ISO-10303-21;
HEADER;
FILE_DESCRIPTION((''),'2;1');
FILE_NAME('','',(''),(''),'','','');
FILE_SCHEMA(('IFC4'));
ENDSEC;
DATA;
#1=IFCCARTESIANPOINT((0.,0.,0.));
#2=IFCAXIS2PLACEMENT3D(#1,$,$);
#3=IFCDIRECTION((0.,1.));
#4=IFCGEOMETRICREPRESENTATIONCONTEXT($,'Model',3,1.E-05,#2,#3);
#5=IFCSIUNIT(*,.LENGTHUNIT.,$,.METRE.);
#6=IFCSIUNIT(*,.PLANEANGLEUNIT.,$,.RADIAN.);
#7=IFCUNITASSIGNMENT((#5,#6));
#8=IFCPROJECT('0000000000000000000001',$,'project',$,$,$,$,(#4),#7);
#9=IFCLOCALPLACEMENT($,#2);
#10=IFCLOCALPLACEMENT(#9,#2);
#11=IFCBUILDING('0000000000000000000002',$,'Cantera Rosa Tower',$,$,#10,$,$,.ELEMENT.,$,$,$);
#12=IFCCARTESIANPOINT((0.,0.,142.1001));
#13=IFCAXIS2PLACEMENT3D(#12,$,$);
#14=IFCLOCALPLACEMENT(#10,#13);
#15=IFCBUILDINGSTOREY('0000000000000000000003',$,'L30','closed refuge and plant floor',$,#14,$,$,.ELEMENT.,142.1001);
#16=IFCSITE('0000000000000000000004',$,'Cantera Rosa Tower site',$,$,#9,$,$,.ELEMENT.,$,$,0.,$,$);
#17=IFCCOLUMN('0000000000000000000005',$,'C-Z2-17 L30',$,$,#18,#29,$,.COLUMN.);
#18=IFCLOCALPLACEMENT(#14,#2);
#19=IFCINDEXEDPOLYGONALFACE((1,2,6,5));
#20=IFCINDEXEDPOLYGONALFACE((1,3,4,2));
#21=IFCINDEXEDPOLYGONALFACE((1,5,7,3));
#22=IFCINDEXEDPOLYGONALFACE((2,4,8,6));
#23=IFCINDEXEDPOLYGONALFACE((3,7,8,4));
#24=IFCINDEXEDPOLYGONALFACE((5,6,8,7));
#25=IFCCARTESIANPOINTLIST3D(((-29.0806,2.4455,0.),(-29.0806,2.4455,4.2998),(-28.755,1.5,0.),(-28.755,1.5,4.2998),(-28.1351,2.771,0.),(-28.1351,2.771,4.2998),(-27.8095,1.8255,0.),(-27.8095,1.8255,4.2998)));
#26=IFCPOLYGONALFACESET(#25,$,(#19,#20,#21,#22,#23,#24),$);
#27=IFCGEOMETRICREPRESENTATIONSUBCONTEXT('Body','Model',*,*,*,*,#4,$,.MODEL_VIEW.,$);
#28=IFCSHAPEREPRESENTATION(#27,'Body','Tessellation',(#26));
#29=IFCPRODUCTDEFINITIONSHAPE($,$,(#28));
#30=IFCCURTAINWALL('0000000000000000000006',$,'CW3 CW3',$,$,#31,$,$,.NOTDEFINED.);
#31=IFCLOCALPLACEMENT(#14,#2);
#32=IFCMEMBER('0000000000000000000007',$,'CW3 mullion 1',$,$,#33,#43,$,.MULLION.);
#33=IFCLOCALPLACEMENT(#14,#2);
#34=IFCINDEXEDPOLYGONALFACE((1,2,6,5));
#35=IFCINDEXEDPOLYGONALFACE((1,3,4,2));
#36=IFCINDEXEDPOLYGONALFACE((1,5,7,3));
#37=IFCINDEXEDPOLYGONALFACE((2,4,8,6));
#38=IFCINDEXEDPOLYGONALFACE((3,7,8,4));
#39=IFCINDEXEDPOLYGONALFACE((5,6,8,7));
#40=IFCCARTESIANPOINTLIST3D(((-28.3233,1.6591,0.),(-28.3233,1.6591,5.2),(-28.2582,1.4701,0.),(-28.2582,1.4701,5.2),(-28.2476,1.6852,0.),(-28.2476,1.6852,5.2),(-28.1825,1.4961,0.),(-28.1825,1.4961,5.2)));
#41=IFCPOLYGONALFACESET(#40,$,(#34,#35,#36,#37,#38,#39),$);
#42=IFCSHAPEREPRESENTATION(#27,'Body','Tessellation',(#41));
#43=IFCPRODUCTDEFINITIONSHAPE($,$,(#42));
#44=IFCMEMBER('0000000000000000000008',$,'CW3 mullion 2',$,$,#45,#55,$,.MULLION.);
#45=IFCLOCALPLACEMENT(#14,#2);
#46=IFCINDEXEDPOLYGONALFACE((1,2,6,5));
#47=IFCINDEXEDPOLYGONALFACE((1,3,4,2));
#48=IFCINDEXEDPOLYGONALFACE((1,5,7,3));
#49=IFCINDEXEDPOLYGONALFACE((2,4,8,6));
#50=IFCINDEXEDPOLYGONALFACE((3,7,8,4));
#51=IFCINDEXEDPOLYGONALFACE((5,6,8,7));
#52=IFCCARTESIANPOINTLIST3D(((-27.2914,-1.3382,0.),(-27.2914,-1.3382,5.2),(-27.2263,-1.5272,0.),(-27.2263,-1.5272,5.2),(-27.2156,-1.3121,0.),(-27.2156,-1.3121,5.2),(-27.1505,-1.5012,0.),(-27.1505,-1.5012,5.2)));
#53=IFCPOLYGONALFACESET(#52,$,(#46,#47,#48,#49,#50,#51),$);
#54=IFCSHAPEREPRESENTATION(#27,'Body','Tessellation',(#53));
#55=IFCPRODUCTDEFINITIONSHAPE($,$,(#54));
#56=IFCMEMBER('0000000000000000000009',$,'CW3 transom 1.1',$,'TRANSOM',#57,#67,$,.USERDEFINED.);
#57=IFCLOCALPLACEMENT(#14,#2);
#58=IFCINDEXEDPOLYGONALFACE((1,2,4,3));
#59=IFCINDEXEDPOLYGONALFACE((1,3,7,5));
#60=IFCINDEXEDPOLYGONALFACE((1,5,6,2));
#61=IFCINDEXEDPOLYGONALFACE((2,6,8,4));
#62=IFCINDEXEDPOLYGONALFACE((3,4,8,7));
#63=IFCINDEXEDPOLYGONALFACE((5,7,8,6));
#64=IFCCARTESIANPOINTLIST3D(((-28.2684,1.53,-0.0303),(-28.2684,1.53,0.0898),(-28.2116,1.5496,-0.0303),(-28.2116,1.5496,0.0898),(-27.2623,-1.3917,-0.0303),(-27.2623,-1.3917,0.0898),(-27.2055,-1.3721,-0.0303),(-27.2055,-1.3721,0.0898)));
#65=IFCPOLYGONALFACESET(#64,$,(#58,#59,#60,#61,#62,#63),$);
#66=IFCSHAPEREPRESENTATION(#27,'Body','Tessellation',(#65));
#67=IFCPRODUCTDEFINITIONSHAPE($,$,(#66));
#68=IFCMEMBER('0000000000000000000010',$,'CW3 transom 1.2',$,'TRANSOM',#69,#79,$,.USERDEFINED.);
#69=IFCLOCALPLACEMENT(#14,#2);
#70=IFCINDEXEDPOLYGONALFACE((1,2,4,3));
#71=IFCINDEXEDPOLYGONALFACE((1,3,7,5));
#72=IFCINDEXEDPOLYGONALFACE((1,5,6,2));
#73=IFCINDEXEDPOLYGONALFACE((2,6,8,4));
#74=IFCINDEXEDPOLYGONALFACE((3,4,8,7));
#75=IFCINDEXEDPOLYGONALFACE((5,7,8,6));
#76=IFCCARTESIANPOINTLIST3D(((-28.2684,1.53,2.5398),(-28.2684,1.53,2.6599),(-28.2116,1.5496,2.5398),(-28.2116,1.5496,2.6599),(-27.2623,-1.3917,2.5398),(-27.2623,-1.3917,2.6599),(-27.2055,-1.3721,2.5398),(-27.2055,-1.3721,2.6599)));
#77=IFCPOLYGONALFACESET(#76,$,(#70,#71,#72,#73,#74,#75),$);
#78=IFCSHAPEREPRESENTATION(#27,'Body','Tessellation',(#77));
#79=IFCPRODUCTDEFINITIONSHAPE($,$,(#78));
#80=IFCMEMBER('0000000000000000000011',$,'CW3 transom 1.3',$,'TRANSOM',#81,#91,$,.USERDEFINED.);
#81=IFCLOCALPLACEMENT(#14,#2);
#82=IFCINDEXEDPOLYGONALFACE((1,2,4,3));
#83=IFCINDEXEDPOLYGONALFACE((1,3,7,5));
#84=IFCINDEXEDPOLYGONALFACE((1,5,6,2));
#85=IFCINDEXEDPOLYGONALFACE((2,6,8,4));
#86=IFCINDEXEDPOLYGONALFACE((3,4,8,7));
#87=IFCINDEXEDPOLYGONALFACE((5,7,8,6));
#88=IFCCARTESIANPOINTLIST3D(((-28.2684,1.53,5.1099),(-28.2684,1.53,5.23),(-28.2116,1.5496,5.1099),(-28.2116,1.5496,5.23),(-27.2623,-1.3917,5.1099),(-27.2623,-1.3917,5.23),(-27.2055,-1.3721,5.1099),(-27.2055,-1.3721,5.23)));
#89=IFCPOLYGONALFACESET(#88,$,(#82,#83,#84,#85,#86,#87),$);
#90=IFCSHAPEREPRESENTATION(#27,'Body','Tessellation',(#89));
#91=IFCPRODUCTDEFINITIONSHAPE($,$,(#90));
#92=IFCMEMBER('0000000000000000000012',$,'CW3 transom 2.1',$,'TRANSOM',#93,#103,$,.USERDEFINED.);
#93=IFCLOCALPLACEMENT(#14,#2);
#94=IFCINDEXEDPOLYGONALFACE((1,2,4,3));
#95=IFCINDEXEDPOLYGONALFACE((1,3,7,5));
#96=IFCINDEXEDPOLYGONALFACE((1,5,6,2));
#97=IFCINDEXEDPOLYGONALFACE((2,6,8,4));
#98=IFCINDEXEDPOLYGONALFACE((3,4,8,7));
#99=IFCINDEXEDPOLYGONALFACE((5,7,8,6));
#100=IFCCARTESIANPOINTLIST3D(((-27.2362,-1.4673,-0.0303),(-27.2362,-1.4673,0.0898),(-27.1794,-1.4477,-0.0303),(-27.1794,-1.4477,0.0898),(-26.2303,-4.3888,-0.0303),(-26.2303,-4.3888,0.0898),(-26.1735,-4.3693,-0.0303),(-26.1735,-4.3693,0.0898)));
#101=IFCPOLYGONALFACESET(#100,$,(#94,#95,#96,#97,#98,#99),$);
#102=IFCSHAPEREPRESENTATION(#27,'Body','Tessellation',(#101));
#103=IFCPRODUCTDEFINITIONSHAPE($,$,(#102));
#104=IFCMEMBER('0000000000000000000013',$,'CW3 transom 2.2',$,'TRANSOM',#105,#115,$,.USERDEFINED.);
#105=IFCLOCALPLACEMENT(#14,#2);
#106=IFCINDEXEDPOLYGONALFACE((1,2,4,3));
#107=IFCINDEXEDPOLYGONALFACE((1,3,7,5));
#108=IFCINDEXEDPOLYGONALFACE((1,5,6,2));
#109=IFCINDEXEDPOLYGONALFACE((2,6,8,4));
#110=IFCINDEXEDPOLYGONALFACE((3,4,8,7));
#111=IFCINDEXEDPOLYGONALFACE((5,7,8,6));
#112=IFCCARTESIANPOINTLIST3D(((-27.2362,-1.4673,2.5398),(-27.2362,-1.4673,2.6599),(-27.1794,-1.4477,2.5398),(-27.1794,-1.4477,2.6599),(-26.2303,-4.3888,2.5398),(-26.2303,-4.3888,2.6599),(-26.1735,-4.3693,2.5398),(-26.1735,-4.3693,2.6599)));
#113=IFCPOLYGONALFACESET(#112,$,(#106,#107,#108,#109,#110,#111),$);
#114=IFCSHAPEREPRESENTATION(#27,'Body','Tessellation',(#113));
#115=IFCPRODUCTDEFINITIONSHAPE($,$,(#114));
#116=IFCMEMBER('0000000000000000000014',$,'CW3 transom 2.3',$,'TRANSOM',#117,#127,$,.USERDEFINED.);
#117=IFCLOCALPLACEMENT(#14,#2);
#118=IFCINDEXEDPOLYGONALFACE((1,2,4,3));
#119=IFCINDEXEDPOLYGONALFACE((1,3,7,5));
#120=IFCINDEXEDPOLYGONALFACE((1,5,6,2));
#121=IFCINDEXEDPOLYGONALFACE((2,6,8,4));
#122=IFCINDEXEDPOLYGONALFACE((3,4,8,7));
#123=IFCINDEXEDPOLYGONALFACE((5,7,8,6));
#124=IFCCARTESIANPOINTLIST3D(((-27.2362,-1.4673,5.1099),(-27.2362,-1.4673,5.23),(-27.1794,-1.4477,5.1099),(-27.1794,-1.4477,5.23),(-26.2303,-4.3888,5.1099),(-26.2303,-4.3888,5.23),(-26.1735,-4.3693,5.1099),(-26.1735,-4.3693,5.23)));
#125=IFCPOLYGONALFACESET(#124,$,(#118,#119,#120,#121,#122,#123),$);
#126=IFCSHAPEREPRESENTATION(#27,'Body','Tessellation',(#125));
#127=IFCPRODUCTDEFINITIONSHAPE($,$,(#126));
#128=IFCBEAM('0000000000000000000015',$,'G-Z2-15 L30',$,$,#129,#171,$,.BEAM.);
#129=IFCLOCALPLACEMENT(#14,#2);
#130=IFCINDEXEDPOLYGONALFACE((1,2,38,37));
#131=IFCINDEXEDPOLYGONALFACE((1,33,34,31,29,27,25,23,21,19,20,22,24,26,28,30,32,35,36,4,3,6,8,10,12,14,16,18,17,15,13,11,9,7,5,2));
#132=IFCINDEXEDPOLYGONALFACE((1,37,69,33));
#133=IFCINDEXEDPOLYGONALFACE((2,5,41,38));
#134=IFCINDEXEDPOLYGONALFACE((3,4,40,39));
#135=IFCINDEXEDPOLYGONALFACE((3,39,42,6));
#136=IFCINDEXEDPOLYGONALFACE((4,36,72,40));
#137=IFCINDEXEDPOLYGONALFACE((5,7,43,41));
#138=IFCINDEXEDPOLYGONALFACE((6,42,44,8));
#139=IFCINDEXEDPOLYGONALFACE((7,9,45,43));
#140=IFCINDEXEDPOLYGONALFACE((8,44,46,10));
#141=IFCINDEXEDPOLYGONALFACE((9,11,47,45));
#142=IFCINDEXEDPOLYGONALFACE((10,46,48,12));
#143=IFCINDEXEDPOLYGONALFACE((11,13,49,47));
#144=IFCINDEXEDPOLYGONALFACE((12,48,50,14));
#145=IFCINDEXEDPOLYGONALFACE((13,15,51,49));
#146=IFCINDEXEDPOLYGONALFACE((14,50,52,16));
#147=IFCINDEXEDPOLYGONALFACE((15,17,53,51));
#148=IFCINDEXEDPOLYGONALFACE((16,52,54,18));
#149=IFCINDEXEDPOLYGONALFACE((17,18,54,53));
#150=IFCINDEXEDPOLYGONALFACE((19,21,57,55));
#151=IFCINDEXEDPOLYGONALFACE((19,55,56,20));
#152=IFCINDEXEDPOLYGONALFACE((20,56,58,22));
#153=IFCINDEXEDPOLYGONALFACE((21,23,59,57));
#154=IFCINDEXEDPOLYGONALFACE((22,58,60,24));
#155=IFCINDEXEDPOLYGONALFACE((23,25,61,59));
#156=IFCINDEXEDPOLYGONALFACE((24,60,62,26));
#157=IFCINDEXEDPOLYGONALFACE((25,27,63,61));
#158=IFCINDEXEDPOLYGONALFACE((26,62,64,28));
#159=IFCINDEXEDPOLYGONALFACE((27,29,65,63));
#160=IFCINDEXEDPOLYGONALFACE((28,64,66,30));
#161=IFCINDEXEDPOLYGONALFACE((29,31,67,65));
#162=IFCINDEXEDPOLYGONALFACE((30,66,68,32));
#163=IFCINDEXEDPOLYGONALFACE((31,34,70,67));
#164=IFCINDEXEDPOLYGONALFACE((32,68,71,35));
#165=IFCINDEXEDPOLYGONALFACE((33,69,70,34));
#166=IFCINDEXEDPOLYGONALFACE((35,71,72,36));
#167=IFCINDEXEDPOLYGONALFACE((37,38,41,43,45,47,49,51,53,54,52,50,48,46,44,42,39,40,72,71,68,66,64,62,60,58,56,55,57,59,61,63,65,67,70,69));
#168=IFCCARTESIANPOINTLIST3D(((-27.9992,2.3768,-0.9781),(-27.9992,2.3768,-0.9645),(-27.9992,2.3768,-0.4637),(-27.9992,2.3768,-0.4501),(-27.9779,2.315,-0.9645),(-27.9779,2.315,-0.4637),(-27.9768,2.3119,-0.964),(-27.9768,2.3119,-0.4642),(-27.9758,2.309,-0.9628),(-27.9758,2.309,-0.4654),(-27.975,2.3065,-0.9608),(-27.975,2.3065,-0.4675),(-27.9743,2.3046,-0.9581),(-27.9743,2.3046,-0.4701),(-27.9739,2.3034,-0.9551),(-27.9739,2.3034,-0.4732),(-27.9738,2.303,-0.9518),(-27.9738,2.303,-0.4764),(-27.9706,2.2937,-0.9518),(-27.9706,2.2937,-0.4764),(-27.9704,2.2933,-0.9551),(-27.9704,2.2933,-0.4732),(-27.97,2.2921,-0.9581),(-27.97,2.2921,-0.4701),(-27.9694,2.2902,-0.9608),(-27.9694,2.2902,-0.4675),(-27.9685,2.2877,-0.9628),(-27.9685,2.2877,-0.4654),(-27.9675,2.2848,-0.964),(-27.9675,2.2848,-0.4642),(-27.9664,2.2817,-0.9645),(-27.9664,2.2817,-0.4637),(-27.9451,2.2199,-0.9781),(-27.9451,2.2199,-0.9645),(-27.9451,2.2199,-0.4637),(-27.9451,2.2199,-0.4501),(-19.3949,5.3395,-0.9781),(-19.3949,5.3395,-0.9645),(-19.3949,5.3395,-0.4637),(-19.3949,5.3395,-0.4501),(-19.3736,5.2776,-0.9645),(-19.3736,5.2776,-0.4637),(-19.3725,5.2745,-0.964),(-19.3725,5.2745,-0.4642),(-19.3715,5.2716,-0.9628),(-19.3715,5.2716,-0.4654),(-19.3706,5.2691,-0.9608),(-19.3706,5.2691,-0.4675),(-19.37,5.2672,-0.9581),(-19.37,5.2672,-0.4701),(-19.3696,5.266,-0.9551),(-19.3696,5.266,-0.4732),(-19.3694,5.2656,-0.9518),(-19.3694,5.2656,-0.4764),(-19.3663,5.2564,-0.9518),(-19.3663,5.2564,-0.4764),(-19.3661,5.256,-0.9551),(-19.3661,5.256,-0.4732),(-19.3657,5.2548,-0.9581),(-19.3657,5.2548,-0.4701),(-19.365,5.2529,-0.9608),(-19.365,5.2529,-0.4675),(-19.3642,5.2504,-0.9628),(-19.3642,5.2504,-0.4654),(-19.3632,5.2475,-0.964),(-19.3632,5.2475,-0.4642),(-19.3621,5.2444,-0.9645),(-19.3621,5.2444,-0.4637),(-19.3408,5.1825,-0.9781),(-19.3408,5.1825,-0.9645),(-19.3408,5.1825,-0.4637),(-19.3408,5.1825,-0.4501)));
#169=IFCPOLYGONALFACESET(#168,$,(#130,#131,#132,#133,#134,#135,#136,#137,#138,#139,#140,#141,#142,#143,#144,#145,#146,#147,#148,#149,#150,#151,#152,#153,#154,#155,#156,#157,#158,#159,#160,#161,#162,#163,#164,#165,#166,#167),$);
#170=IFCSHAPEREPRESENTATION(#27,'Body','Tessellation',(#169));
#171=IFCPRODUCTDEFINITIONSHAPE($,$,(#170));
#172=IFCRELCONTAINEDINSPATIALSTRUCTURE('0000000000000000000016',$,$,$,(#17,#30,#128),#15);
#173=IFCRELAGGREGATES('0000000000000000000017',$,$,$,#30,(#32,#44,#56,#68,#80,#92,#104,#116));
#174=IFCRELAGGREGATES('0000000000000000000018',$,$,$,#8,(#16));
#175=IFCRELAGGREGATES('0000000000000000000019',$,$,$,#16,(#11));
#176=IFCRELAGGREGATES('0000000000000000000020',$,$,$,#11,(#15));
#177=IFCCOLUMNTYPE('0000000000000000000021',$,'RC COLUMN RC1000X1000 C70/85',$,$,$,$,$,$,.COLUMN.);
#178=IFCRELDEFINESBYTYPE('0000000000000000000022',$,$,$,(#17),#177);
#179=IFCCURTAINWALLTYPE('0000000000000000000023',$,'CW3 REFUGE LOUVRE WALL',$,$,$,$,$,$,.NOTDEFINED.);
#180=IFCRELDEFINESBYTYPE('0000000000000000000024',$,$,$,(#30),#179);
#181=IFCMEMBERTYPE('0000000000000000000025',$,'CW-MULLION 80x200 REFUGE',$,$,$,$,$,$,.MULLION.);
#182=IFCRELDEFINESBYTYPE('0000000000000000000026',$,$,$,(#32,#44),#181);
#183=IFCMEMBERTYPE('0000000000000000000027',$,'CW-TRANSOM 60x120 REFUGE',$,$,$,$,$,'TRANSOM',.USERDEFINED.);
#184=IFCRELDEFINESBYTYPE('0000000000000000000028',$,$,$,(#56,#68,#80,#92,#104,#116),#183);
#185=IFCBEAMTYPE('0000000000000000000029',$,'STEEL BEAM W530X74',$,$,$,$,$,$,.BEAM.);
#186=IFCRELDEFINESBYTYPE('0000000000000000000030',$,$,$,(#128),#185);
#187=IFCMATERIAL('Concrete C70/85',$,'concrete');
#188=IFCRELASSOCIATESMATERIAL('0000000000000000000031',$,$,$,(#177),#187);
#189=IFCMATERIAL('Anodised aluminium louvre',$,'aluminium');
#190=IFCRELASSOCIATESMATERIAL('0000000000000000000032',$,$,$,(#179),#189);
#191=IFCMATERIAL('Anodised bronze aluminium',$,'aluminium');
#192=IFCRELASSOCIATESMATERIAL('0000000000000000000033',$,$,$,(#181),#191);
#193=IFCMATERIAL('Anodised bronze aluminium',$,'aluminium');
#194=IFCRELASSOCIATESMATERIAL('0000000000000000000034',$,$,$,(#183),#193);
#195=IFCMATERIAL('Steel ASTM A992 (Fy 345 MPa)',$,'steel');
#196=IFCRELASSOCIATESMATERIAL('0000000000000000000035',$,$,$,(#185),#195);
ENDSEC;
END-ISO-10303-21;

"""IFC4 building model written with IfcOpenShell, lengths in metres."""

from ifc_helpers import new_model, si_unit, direction, frame, origin, origin_2d, place, context, subcontext, project, spatial, rectangle, i_section, extrude, material, material_profile, profile_set, type_object, element, aggregate, save


model = new_model("IFC4")

# Units and contexts
model_context = context("Model", 3, precision=1e-05, world=origin(), true_north=direction((0.0, 1.0)))
body_context = subcontext(model_context, "Body", "Model", "MODEL_VIEW")
ifc_project = project(units=[si_unit("LENGTHUNIT", "METRE"), si_unit("PLANEANGLEUNIT", "RADIAN")], contexts=[model_context])

# Site, building, storey
site_placement = place(None, origin())
site = spatial("IfcSite", under=ifc_project, at=site_placement, Name="Cantera Rosa Tower site", CompositionType="ELEMENT", RefElevation=0.0)
building_placement = place(site_placement, origin())
building = spatial("IfcBuilding", under=site, at=building_placement, Name="Cantera Rosa Tower", CompositionType="ELEMENT")
storey_placement = place(building_placement, frame((0.0, 0.0, 142.1001)))
storey = spatial("IfcBuildingStorey", under=building, at=storey_placement, Name="L30", Description="closed refuge and plant floor", CompositionType="ELEMENT", Elevation=142.1001)

# Column
ifc_material_1 = material(Name="Concrete C70/85", Category="concrete")
ifc_material_profile_1 = material_profile(ifc_material_1, rectangle(XDim=1.0, YDim=1.0, at=origin_2d()), Name="RC COLUMN RC1000X1000 C70/85")
ifc_profile_set_1 = profile_set([ifc_material_profile_1], Name="Concrete C70/85")
column_type = type_object("IfcColumnType", Name="RC COLUMN RC1000X1000 C70/85", PredefinedType="COLUMN", material=ifc_profile_set_1)
column_placement = place(storey_placement, frame((-28.4451, 2.1355, 0.0), z_axis=(0.0, 0.0, 1.0), x_axis=(0.945519, 0.325568, 0.0)))
element("IfcColumn", 1, at=column_placement, inside=storey, type_object=column_type, Name="C-Z2-17 L30", PredefinedType="COLUMN", context=body_context, shape_type="SweptSolid", body=[
    extrude(rectangle(XDim=1.0, YDim=1.0, at=origin_2d()), origin(), (0.0, 0.0, 1.0), 4.2998),
])

# Curtain wall, members
ifc_material_2 = material(Name="Anodised aluminium louvre", Category="aluminium")
curtain_wall_type = type_object("IfcCurtainWallType", Name="CW3 REFUGE LOUVRE WALL", PredefinedType="NOTDEFINED", material=ifc_material_2)
curtain_wall_placement = place(storey_placement, origin())
curtain_wall = element("IfcCurtainWall", 2, at=curtain_wall_placement, inside=storey, type_object=curtain_wall_type, Name="CW3 CW3", PredefinedType="NOTDEFINED")
ifc_material_3 = material(Name="Anodised bronze aluminium", Category="aluminium")
ifc_material_profile_2 = material_profile(ifc_material_3, rectangle(XDim=0.0801, YDim=0.2, at=origin_2d()), Name="CW-MULLION 80x200 REFUGE")
ifc_profile_set_2 = profile_set([ifc_material_profile_2], Name="Anodised bronze aluminium")
member_type_1 = type_object("IfcMemberType", Name="CW-MULLION 80x200 REFUGE", PredefinedType="MULLION", material=ifc_profile_set_2)
member_1_placement = place(storey_placement, frame((-28.2529, 1.5776, 0.0), z_axis=(0.0, 0.0, 1.0), x_axis=(0.945519, 0.325568, 0.0)))
member_1 = element("IfcMember", 3, at=member_1_placement, type_object=member_type_1, Name="CW3 mullion 1", PredefinedType="MULLION", context=body_context, shape_type="SweptSolid", body=[
    extrude(rectangle(XDim=0.0801, YDim=0.2, at=origin_2d()), origin(), (0.0, 0.0, 1.0), 5.2),
])
member_2_placement = place(storey_placement, frame((-27.2209, -1.4197, 0.0), z_axis=(0.0, 0.0, 1.0), x_axis=(0.945519, 0.325568, 0.0)))
member_2 = element("IfcMember", 4, at=member_2_placement, type_object=member_type_1, Name="CW3 mullion 2", PredefinedType="MULLION", context=body_context, shape_type="SweptSolid", body=[
    extrude(rectangle(XDim=0.0801, YDim=0.2, at=origin_2d()), origin(), (0.0, 0.0, 1.0), 5.2),
])
ifc_material_4 = material(Name="Anodised bronze aluminium", Category="aluminium")
ifc_material_profile_3 = material_profile(ifc_material_4, rectangle(XDim=0.0601, YDim=0.1201, at=origin_2d()), Name="CW-TRANSOM 60x120 REFUGE")
ifc_profile_set_3 = profile_set([ifc_material_profile_3], Name="Anodised bronze aluminium")
member_type_2 = type_object("IfcMemberType", Name="CW-TRANSOM 60x120 REFUGE", ElementType="TRANSOM", PredefinedType="USERDEFINED", material=ifc_profile_set_3)
member_3_placement = place(storey_placement, frame((-28.24, 1.5398, 0.0298), z_axis=(0.325599, -0.945508, 0.0), x_axis=(0.945508, 0.325599, 0.0)))
member_3 = element("IfcMember", 5, at=member_3_placement, type_object=member_type_2, Name="CW3 transom 1.1", ObjectType="TRANSOM", PredefinedType="USERDEFINED", context=body_context, shape_type="SweptSolid", body=[
    extrude(rectangle(XDim=0.0601, YDim=0.1201, at=origin_2d()), origin(), (0.0, 0.0, 1.0), 3.0901),
])
member_4_placement = place(storey_placement, frame((-28.24, 1.5398, 2.5999), z_axis=(0.325599, -0.945508, 0.0), x_axis=(0.945508, 0.325599, 0.0)))
member_4 = element("IfcMember", 6, at=member_4_placement, type_object=member_type_2, Name="CW3 transom 1.2", ObjectType="TRANSOM", PredefinedType="USERDEFINED", context=body_context, shape_type="SweptSolid", body=[
    extrude(rectangle(XDim=0.0601, YDim=0.1201, at=origin_2d()), origin(), (0.0, 0.0, 1.0), 3.0901),
])
member_5_placement = place(storey_placement, frame((-28.24, 1.5398, 5.1699), z_axis=(0.325599, -0.945508, 0.0), x_axis=(0.945508, 0.325599, 0.0)))
member_5 = element("IfcMember", 7, at=member_5_placement, type_object=member_type_2, Name="CW3 transom 1.3", ObjectType="TRANSOM", PredefinedType="USERDEFINED", context=body_context, shape_type="SweptSolid", body=[
    extrude(rectangle(XDim=0.0601, YDim=0.1201, at=origin_2d()), origin(), (0.0, 0.0, 1.0), 3.0901),
])
member_6_placement = place(storey_placement, frame((-27.2078, -1.4575, 0.0298), z_axis=(0.325528, -0.945532, 0.0), x_axis=(0.945532, 0.325528, 0.0)))
member_6 = element("IfcMember", 8, at=member_6_placement, type_object=member_type_2, Name="CW3 transom 2.1", ObjectType="TRANSOM", PredefinedType="USERDEFINED", context=body_context, shape_type="SweptSolid", body=[
    extrude(rectangle(XDim=0.0601, YDim=0.1201, at=origin_2d()), origin(), (0.0, 0.0, 1.0), 3.0898),
])
member_7_placement = place(storey_placement, frame((-27.2078, -1.4575, 2.5999), z_axis=(0.325528, -0.945532, 0.0), x_axis=(0.945532, 0.325528, 0.0)))
member_7 = element("IfcMember", 9, at=member_7_placement, type_object=member_type_2, Name="CW3 transom 2.2", ObjectType="TRANSOM", PredefinedType="USERDEFINED", context=body_context, shape_type="SweptSolid", body=[
    extrude(rectangle(XDim=0.0601, YDim=0.1201, at=origin_2d()), origin(), (0.0, 0.0, 1.0), 3.0898),
])
member_8_placement = place(storey_placement, frame((-27.2078, -1.4575, 5.1699), z_axis=(0.325528, -0.945532, 0.0), x_axis=(0.945532, 0.325528, 0.0)))
member_8 = element("IfcMember", 10, at=member_8_placement, type_object=member_type_2, Name="CW3 transom 2.3", ObjectType="TRANSOM", PredefinedType="USERDEFINED", context=body_context, shape_type="SweptSolid", body=[
    extrude(rectangle(XDim=0.0601, YDim=0.1201, at=origin_2d()), origin(), (0.0, 0.0, 1.0), 3.0898),
])

# Beam
ifc_material_5 = material(Name="Steel ASTM A992 (Fy 345 MPa)", Category="steel")
ifc_material_profile_4 = material_profile(ifc_material_5, i_section(OverallWidth=0.166, OverallDepth=0.5281, WebThickness=0.0098, FlangeThickness=0.0137, FilletRadius=0.0127, at=origin_2d()), Name="W530X74")
ifc_profile_set_4 = profile_set([ifc_material_profile_4], Name="Steel ASTM A992 (Fy 345 MPa)")
beam_type_1 = type_object("IfcBeamType", Name="STEEL BEAM W530X74", PredefinedType="BEAM", material=ifc_profile_set_4)
beam_1_placement = place(storey_placement, frame((-27.9722, 2.2983, -0.7141), z_axis=(0.94552, 0.325565, 0.0), x_axis=(-0.325565, 0.94552, 0.0)))
element("IfcBeam", 11, at=beam_1_placement, inside=storey, type_object=beam_type_1, Name="G-Z2-15 L30", PredefinedType="BEAM", context=body_context, shape_type="SweptSolid", body=[
    extrude(i_section(OverallWidth=0.166, OverallDepth=0.5281, WebThickness=0.0098, FlangeThickness=0.0137, FilletRadius=0.0127, at=origin_2d()), origin(), (0.0, 0.0, 1.0), 9.1001),
])

aggregate(curtain_wall, [member_1, member_2, member_3, member_4, member_5, member_6, member_7, member_8])

save(model, "model.ifc")
